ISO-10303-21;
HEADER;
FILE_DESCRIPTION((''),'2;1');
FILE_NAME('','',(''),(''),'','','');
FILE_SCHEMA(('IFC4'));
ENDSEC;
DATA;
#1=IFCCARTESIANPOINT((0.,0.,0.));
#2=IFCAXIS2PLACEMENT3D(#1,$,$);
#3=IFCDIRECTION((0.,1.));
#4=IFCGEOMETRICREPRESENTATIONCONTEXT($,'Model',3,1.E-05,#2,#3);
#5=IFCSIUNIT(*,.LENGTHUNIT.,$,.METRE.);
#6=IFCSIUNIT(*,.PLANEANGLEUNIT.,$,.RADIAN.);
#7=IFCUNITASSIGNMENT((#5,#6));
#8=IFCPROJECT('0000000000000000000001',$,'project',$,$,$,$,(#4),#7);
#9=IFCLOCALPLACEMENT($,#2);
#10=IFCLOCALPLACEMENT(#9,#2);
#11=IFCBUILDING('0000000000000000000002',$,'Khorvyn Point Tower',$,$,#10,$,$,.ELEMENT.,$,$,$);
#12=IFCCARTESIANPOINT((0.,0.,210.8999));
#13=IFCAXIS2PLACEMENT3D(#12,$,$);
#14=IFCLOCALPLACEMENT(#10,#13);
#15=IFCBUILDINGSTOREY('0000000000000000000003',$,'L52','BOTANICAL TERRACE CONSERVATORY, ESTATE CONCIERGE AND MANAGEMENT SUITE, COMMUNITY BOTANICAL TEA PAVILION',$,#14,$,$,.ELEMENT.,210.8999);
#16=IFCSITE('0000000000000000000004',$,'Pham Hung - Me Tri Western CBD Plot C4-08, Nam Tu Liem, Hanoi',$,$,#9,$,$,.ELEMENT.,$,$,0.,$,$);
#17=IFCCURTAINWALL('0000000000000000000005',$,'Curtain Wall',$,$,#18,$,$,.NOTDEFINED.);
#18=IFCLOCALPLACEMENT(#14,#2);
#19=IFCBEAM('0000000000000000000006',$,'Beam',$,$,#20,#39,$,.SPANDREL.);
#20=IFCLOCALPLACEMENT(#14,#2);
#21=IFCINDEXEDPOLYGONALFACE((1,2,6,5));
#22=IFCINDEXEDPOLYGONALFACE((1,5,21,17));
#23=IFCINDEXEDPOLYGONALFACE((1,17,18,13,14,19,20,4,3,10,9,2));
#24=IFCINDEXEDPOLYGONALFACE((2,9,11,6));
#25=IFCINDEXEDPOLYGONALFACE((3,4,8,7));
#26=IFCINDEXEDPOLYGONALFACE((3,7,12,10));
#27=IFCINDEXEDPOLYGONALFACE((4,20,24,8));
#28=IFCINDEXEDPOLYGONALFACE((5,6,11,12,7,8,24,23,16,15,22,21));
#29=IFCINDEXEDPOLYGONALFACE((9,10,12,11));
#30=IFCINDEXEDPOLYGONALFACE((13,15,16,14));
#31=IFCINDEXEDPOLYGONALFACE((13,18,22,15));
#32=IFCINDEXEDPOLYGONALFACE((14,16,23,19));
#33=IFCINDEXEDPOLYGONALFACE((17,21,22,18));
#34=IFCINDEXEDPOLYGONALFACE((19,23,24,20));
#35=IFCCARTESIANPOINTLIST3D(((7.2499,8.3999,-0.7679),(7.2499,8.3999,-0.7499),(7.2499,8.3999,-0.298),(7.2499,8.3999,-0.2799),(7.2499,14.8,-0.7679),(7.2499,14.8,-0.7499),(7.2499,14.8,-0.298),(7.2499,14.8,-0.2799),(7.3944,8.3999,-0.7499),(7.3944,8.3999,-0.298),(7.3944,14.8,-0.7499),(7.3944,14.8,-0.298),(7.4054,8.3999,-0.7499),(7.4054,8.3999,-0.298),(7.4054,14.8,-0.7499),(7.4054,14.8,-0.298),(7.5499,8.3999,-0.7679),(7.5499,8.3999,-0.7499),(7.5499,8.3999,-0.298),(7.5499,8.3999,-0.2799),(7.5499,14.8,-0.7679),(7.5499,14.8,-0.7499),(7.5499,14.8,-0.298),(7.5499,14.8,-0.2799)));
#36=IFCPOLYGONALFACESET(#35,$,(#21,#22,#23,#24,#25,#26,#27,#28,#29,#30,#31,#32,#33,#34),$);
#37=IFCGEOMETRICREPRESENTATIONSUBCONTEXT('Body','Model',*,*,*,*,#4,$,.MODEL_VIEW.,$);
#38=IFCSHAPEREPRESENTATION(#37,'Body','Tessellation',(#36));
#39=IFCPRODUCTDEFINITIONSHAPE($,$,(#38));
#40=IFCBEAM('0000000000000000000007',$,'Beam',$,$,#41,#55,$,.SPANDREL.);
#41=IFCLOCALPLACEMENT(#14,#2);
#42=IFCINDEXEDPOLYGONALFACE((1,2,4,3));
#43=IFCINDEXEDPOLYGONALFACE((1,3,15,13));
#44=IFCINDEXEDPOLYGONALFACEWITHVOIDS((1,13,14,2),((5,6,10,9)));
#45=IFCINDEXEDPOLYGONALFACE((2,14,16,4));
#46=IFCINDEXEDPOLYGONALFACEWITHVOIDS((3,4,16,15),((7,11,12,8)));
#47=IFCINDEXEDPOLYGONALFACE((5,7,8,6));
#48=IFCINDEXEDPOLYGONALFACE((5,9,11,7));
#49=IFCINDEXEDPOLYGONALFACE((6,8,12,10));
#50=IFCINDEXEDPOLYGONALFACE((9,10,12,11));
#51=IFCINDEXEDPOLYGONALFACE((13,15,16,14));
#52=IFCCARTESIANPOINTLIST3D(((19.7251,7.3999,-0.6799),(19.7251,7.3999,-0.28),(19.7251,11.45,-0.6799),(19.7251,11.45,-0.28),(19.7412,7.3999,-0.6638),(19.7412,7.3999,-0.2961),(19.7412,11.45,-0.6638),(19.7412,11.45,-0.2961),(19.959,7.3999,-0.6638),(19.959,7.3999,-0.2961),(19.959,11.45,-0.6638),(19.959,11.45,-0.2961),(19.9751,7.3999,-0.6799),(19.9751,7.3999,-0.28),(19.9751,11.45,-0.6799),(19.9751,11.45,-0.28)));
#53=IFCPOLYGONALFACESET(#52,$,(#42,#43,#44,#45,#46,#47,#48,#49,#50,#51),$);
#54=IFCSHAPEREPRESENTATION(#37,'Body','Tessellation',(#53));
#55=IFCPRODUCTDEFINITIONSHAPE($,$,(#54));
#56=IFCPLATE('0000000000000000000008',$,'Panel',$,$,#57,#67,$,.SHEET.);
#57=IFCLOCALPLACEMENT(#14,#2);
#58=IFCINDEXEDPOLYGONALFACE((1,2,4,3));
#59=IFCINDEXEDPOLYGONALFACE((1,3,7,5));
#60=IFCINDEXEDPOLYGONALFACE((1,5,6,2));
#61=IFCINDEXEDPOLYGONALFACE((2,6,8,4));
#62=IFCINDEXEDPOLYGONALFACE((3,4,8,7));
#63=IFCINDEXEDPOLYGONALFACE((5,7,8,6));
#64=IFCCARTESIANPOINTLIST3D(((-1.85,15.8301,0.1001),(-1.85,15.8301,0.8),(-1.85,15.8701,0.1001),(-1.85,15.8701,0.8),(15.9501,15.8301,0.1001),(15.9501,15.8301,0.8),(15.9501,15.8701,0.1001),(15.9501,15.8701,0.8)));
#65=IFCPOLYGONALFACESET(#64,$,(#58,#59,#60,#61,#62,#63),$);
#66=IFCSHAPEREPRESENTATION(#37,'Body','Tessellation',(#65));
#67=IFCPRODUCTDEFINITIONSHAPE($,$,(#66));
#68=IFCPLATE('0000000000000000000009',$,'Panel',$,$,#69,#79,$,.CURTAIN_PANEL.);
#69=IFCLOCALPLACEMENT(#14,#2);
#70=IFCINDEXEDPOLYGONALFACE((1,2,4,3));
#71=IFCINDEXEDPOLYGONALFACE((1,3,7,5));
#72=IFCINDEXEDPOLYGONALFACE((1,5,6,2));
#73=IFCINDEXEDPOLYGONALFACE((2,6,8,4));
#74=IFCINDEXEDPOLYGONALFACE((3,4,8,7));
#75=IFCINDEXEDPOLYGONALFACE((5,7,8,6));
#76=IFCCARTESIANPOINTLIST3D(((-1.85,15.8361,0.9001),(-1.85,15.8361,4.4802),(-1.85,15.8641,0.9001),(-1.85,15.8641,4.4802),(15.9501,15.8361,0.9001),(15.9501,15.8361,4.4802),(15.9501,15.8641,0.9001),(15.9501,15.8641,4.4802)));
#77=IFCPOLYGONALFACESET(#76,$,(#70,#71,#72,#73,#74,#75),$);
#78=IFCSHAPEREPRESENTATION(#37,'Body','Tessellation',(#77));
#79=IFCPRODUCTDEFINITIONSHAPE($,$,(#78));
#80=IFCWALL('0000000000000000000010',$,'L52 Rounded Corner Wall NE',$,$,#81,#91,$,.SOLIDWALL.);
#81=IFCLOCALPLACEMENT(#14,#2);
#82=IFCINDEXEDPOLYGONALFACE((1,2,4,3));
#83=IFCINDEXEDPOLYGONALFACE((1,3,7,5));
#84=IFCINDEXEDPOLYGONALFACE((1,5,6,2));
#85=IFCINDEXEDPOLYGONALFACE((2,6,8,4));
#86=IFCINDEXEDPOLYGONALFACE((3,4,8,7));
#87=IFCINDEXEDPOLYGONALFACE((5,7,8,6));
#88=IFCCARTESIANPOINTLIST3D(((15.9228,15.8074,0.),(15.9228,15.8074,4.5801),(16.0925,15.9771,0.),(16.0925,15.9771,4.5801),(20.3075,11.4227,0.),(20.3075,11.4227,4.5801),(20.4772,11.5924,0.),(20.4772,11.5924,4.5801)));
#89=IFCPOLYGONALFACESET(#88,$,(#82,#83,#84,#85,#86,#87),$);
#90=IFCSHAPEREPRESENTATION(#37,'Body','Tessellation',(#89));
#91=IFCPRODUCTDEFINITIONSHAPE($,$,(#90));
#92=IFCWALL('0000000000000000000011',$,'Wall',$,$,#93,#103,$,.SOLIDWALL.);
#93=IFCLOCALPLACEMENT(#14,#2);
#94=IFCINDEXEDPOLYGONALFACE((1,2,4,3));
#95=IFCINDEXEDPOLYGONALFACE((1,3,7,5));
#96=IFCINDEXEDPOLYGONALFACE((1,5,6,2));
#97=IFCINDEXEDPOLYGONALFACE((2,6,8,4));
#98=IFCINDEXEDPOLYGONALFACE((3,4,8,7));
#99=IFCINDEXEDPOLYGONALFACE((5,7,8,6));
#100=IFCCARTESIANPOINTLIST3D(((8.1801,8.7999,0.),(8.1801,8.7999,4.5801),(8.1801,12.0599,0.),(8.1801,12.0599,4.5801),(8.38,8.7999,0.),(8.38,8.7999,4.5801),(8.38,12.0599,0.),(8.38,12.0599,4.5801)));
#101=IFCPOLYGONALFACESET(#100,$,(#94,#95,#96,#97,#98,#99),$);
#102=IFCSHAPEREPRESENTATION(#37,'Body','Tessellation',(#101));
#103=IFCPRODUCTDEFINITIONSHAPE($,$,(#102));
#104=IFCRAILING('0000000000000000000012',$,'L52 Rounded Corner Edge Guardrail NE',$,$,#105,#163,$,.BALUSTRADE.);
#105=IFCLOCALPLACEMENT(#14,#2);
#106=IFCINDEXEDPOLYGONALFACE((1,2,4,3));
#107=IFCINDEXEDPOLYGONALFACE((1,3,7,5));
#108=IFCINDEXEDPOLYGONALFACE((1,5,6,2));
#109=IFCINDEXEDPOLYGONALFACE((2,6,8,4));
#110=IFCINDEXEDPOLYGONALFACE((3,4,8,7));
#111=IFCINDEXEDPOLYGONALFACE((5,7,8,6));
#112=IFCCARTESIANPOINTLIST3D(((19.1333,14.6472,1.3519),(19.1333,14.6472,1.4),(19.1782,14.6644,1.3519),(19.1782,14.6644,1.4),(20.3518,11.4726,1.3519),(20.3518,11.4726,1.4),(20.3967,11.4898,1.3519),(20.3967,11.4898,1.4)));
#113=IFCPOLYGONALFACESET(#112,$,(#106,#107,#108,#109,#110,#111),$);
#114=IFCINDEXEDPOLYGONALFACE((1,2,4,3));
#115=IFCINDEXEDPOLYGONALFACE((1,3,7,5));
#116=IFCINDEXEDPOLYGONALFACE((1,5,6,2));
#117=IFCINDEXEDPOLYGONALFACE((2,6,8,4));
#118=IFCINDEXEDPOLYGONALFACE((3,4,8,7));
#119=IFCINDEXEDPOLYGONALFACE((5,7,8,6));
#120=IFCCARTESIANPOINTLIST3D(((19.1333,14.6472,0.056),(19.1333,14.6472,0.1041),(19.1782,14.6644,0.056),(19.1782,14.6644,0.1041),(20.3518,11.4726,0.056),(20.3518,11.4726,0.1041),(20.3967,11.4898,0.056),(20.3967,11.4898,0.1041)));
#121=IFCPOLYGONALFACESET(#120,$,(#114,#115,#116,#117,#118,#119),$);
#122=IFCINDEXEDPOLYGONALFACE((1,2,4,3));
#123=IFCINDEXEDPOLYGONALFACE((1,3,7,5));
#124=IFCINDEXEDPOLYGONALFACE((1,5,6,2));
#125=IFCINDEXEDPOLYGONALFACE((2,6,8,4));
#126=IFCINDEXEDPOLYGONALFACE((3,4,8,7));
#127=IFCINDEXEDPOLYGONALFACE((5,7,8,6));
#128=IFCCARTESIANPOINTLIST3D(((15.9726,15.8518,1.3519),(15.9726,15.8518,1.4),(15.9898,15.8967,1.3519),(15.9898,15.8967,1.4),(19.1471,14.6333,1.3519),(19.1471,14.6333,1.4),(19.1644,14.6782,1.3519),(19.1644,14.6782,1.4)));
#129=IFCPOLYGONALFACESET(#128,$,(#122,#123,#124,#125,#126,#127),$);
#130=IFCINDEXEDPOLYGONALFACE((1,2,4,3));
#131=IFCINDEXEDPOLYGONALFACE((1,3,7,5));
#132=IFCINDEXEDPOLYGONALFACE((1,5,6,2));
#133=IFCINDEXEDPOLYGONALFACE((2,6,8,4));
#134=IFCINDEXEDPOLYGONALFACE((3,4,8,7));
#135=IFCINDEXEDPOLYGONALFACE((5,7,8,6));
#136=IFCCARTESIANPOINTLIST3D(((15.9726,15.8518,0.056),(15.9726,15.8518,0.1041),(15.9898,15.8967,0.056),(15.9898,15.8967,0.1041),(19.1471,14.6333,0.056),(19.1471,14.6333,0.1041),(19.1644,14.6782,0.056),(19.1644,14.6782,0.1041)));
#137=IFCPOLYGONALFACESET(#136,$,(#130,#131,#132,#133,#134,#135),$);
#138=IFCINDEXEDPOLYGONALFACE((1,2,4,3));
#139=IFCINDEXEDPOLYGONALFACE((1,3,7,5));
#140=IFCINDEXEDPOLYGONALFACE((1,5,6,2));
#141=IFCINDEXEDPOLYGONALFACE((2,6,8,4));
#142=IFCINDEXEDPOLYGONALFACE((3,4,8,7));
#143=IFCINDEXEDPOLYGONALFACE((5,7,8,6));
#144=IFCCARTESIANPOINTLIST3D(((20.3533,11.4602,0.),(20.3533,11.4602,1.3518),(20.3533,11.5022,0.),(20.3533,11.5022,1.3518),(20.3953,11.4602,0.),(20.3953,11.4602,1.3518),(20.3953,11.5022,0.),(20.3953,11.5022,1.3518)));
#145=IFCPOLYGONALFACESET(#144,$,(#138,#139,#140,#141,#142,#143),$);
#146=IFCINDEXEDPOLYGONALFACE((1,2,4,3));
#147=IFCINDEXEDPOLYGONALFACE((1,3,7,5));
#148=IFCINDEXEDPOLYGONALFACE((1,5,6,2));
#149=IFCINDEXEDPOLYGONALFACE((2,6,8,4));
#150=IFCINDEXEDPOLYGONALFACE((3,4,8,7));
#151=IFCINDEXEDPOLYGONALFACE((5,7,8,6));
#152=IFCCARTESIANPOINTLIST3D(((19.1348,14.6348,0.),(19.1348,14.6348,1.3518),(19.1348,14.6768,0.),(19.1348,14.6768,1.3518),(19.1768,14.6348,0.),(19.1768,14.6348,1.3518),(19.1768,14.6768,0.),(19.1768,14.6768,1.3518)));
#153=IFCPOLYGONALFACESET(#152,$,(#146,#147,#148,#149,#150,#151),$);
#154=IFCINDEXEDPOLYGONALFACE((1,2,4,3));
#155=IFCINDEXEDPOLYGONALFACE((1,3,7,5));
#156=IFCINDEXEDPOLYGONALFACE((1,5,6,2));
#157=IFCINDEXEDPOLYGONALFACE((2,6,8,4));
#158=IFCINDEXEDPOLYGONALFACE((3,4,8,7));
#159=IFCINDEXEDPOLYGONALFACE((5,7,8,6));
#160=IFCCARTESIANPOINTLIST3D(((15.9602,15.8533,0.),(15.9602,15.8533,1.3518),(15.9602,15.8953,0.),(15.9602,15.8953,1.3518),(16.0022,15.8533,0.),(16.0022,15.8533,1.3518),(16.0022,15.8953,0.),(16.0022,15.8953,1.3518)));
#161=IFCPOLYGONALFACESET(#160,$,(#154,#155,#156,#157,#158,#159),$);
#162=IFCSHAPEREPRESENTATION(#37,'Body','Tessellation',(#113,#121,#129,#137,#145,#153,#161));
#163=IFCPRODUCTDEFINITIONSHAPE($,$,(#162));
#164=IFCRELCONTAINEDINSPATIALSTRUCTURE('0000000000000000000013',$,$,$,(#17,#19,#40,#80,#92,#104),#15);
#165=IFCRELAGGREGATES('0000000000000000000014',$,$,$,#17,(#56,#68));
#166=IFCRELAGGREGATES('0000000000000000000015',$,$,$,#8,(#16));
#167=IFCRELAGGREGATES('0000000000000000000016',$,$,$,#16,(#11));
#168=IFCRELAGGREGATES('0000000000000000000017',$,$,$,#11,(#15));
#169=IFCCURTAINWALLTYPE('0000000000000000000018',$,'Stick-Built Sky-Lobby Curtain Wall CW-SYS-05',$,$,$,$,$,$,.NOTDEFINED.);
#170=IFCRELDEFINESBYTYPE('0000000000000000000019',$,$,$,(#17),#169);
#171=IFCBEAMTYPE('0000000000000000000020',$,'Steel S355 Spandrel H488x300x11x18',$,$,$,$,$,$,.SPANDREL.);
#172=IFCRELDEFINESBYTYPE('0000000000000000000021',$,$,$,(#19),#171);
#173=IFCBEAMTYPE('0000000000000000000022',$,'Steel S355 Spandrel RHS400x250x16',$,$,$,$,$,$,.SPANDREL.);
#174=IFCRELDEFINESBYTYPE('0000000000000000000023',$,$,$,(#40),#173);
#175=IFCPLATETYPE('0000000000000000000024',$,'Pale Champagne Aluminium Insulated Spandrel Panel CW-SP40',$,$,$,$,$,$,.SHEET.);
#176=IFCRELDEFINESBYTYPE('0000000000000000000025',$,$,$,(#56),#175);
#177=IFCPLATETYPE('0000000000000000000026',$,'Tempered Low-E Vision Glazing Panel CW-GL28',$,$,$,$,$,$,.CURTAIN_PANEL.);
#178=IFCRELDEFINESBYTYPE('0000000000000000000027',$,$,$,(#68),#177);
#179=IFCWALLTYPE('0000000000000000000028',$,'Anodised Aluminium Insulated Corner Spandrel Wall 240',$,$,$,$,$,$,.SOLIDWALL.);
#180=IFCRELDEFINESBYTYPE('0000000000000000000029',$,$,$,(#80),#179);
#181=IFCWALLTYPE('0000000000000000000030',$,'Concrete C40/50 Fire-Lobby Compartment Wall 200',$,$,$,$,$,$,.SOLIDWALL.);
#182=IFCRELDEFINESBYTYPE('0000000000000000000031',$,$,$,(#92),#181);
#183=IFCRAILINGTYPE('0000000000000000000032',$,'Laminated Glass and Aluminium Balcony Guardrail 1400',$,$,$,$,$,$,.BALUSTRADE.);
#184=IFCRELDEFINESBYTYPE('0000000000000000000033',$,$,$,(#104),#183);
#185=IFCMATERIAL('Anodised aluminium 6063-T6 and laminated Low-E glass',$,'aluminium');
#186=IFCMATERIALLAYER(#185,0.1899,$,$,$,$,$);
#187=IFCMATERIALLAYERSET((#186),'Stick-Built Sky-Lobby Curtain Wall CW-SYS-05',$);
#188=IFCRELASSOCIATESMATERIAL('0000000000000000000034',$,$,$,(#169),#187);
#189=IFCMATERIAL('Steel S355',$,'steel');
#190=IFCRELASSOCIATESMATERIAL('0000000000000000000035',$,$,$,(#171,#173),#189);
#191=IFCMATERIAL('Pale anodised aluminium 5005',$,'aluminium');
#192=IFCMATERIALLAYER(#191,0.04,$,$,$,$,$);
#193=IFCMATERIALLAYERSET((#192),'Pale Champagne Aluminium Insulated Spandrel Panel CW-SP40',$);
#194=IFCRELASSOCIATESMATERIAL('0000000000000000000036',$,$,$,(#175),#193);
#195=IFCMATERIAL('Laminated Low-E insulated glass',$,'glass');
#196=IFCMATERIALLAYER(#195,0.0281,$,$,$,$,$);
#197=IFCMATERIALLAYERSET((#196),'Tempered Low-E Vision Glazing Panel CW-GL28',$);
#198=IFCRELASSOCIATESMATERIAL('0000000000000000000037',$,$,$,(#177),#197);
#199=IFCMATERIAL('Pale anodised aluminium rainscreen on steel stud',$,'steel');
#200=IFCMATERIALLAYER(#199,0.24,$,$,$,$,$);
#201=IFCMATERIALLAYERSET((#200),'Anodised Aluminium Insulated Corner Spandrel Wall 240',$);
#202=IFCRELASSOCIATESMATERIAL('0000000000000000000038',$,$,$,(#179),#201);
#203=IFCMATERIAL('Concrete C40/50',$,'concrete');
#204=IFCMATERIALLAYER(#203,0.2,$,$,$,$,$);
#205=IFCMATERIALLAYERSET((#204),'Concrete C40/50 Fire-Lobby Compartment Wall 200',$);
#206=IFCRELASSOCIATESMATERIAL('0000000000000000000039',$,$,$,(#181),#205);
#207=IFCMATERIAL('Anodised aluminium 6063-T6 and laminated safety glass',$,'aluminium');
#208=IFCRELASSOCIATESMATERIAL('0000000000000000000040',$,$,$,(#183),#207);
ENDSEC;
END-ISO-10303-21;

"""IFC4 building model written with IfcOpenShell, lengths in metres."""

from ifc_helpers import new_model, si_unit, direction, frame, frame_2d, origin, origin_2d, place, context, subcontext, project, spatial, rectangle, hollow_rectangle, i_section, extrude, material, layer, layer_set, material_profile, profile_set, type_object, element, aggregate, save


model = new_model("IFC4")

# Units and contexts
model_context = context("Model", 3, precision=1e-05, world=origin(), true_north=direction((0.0, 1.0)))
body_context = subcontext(model_context, "Body", "Model", "MODEL_VIEW")
ifc_project = project(units=[si_unit("LENGTHUNIT", "METRE"), si_unit("PLANEANGLEUNIT", "RADIAN")], contexts=[model_context])

# Site, building, storey
site_placement = place(None, origin())
site = spatial("IfcSite", under=ifc_project, at=site_placement, Name="Pham Hung - Me Tri Western CBD Plot C4-08, Nam Tu Liem, Hanoi", CompositionType="ELEMENT", RefElevation=0.0)
building_placement = place(site_placement, origin())
building = spatial("IfcBuilding", under=site, at=building_placement, Name="Khorvyn Point Tower", CompositionType="ELEMENT")
storey_placement = place(building_placement, frame((0.0, 0.0, 210.8999)))
storey = spatial("IfcBuildingStorey", under=building, at=storey_placement, Name="L52", Description="BOTANICAL TERRACE CONSERVATORY, ESTATE CONCIERGE AND MANAGEMENT SUITE, COMMUNITY BOTANICAL TEA PAVILION", CompositionType="ELEMENT", Elevation=210.8999)

# Curtain wall
ifc_material_1 = material(Name="Anodised aluminium 6063-T6 and laminated Low-E glass", Category="aluminium")
ifc_layer_1 = layer(ifc_material_1, 0.1899)
ifc_layer_set_1 = layer_set([ifc_layer_1], Name="Stick-Built Sky-Lobby Curtain Wall CW-SYS-05")
curtain_wall_type = type_object("IfcCurtainWallType", Name="Stick-Built Sky-Lobby Curtain Wall CW-SYS-05", PredefinedType="NOTDEFINED", material=ifc_layer_set_1)
curtain_wall_1_placement = place(storey_placement, origin())
curtain_wall_1 = element("IfcCurtainWall", 1, at=curtain_wall_1_placement, inside=storey, type_object=curtain_wall_type, Name="Curtain Wall", PredefinedType="NOTDEFINED")

# Beams
ifc_material_2 = material(Name="Steel S355", Category="steel")
ifc_material_profile_1 = material_profile(ifc_material_2, i_section(OverallWidth=0.3, OverallDepth=0.488, WebThickness=0.011, FlangeThickness=0.0181, at=origin_2d()))
ifc_profile_set_1 = profile_set([ifc_material_profile_1], Name="Steel S355 H488x300x11x18")
beam_type_1 = type_object("IfcBeamType", Name="Steel S355 Spandrel H488x300x11x18", PredefinedType="SPANDREL", material=ifc_profile_set_1)
beam_1_placement = place(storey_placement, frame((7.3999, 8.3999, -0.5239), z_axis=(0.0, 1.0, 0.0), x_axis=(-1.0, 0.0, 0.0)))
element("IfcBeam", 2, at=beam_1_placement, inside=storey, type_object=beam_type_1, Name="Beam", PredefinedType="SPANDREL", context=body_context, shape_type="SweptSolid", body=[
    extrude(i_section(OverallWidth=0.3, OverallDepth=0.488, WebThickness=0.011, FlangeThickness=0.0181, at=origin_2d()), origin(), (0.0, 0.0, 1.0), 6.4001),
])
ifc_material_profile_2 = material_profile(ifc_material_2, hollow_rectangle(XDim=0.25, YDim=0.3999, WallThickness=0.0161, at=origin_2d()))
ifc_profile_set_2 = profile_set([ifc_material_profile_2], Name="Steel S355 RHS400x250x16")
beam_type_2 = type_object("IfcBeamType", Name="Steel S355 Spandrel RHS400x250x16", PredefinedType="SPANDREL", material=ifc_profile_set_2)
beam_2_placement = place(storey_placement, frame((19.8501, 7.3999, -0.48), z_axis=(0.0, 1.0, 0.0), x_axis=(-1.0, 0.0, 0.0)))
element("IfcBeam", 3, at=beam_2_placement, inside=storey, type_object=beam_type_2, Name="Beam", PredefinedType="SPANDREL", context=body_context, shape_type="SweptSolid", body=[
    extrude(hollow_rectangle(XDim=0.25, YDim=0.3999, WallThickness=0.0161, at=origin_2d()), origin(), (0.0, 0.0, 1.0), 4.05),
])

# Plates
ifc_material_3 = material(Name="Pale anodised aluminium 5005", Category="aluminium")
ifc_layer_2 = layer(ifc_material_3, 0.04)
ifc_layer_set_2 = layer_set([ifc_layer_2], Name="Pale Champagne Aluminium Insulated Spandrel Panel CW-SP40")
plate_type_1 = type_object("IfcPlateType", Name="Pale Champagne Aluminium Insulated Spandrel Panel CW-SP40", PredefinedType="SHEET", material=ifc_layer_set_2)
plate_1_placement = place(storey_placement, frame((7.05, 15.8501, 0.1001), z_axis=(0.0, 0.0, 1.0), x_axis=(1.0, 0.0, 0.0)))
plate_1 = element("IfcPlate", 4, at=plate_1_placement, type_object=plate_type_1, Name="Panel", PredefinedType="SHEET", context=body_context, shape_type="SweptSolid", body=[
    extrude(rectangle(XDim=17.8, YDim=0.04, at=origin_2d()), origin(), (0.0, 0.0, 1.0), 0.7),
])
ifc_material_4 = material(Name="Laminated Low-E insulated glass", Category="glass")
ifc_layer_3 = layer(ifc_material_4, 0.0281)
ifc_layer_set_3 = layer_set([ifc_layer_3], Name="Tempered Low-E Vision Glazing Panel CW-GL28")
plate_type_2 = type_object("IfcPlateType", Name="Tempered Low-E Vision Glazing Panel CW-GL28", PredefinedType="CURTAIN_PANEL", material=ifc_layer_set_3)
plate_2_placement = place(storey_placement, frame((7.05, 15.8501, 0.9001), z_axis=(0.0, 0.0, 1.0), x_axis=(1.0, 0.0, 0.0)))
plate_2 = element("IfcPlate", 5, at=plate_2_placement, type_object=plate_type_2, Name="Panel", PredefinedType="CURTAIN_PANEL", context=body_context, shape_type="SweptSolid", body=[
    extrude(rectangle(XDim=17.8, YDim=0.0281, at=origin_2d()), origin(), (0.0, 0.0, 1.0), 3.5801),
])
aggregate(curtain_wall_1, [plate_1, plate_2])

# Wall
ifc_material_5 = material(Name="Pale anodised aluminium rainscreen on steel stud", Category="steel")
ifc_layer_4 = layer(ifc_material_5, 0.24)
ifc_layer_set_4 = layer_set([ifc_layer_4], Name="Anodised Aluminium Insulated Corner Spandrel Wall 240")
wall_type_1 = type_object("IfcWallType", Name="Anodised Aluminium Insulated Corner Spandrel Wall 240", PredefinedType="SOLIDWALL", material=ifc_layer_set_4)
wall_1_placement = place(storey_placement, frame((16.0076, 15.8923, 0.0), z_axis=(0.0, 0.0, 1.0), x_axis=(0.707107, -0.707107, 0.0)))
element("IfcWall", 6, at=wall_1_placement, inside=storey, type_object=wall_type_1, Name="L52 Rounded Corner Wall NE", PredefinedType="SOLIDWALL", context=body_context, shape_type="SweptSolid", body=[
    extrude(rectangle(XDim=6.2009, YDim=0.24, at=frame_2d((3.1006, 0.0))), origin(), (0.0, 0.0, 1.0), 4.5801),
])

# Shared definitions
ifc_material_6 = material(Name="Concrete C40/50", Category="concrete")
ifc_layer_5 = layer(ifc_material_6, 0.2)
ifc_layer_set_5 = layer_set([ifc_layer_5], Name="Concrete C40/50 Fire-Lobby Compartment Wall 200")
wall_type_2 = type_object("IfcWallType", Name="Concrete C40/50 Fire-Lobby Compartment Wall 200", PredefinedType="SOLIDWALL", material=ifc_layer_set_5)

# Wall
wall_2_placement = place(storey_placement, frame((8.28, 8.8, 0.0), z_axis=(0.0, 0.0, 1.0), x_axis=(0.0, 1.0, 0.0)))
element("IfcWall", 7, at=wall_2_placement, inside=storey, type_object=wall_type_2, Name="Wall", PredefinedType="SOLIDWALL", context=body_context, shape_type="SweptSolid", body=[
    extrude(rectangle(XDim=3.26, YDim=0.2, at=frame_2d((1.6299, 0.0))), origin(), (0.0, 0.0, 1.0), 4.5801),
])

# Railing
ifc_material_7 = material(Name="Anodised aluminium 6063-T6 and laminated safety glass", Category="aluminium")
railing_type = type_object("IfcRailingType", Name="Laminated Glass and Aluminium Balcony Guardrail 1400", PredefinedType="BALUSTRADE", material=ifc_material_7)
railing_placement = place(storey_placement, frame((20.3743, 11.4812, 0.0)))
element("IfcRailing", 8, at=railing_placement, inside=storey, type_object=railing_type, Name="L52 Rounded Corner Edge Guardrail NE", PredefinedType="BALUSTRADE", context=body_context, shape_type="SweptSolid", body=[
    extrude(rectangle(XDim=0.0481, YDim=0.0481, at=origin_2d()), frame((0.0, 0.0, 1.376), z_axis=(-0.358344, 0.93359, 0.0), x_axis=(-0.93359, -0.358344, 0.0)), (0.0, 0.0, 1.0), 3.4004),
    extrude(rectangle(XDim=0.0481, YDim=0.0481, at=origin_2d()), frame((0.0, 0.0, 0.0801), z_axis=(-0.358344, 0.93359, 0.0), x_axis=(-0.93359, -0.358344, 0.0)), (0.0, 0.0, 1.0), 3.4004),
    extrude(rectangle(XDim=0.0481, YDim=0.0481, at=origin_2d()), frame((-1.2185, 3.1746, 1.376), z_axis=(-0.93359, 0.358344, 0.0), x_axis=(-0.358344, -0.93359, 0.0)), (0.0, 0.0, 1.0), 3.4004),
    extrude(rectangle(XDim=0.0481, YDim=0.0481, at=origin_2d()), frame((-1.2185, 3.1746, 0.0801), z_axis=(-0.93359, 0.358344, 0.0), x_axis=(-0.358344, -0.93359, 0.0)), (0.0, 0.0, 1.0), 3.4004),
    extrude(rectangle(XDim=0.042, YDim=0.042, at=origin_2d()), origin(), (0.0, 0.0, 1.0), 1.3518),
    extrude(rectangle(XDim=0.042, YDim=0.042, at=origin_2d()), frame((-1.2185, 3.1746, 0.0)), (0.0, 0.0, 1.0), 1.3518),
    extrude(rectangle(XDim=0.042, YDim=0.042, at=origin_2d()), frame((-4.3931, 4.3931, 0.0)), (0.0, 0.0, 1.0), 1.3518),
])

save(model, "model.ifc")
